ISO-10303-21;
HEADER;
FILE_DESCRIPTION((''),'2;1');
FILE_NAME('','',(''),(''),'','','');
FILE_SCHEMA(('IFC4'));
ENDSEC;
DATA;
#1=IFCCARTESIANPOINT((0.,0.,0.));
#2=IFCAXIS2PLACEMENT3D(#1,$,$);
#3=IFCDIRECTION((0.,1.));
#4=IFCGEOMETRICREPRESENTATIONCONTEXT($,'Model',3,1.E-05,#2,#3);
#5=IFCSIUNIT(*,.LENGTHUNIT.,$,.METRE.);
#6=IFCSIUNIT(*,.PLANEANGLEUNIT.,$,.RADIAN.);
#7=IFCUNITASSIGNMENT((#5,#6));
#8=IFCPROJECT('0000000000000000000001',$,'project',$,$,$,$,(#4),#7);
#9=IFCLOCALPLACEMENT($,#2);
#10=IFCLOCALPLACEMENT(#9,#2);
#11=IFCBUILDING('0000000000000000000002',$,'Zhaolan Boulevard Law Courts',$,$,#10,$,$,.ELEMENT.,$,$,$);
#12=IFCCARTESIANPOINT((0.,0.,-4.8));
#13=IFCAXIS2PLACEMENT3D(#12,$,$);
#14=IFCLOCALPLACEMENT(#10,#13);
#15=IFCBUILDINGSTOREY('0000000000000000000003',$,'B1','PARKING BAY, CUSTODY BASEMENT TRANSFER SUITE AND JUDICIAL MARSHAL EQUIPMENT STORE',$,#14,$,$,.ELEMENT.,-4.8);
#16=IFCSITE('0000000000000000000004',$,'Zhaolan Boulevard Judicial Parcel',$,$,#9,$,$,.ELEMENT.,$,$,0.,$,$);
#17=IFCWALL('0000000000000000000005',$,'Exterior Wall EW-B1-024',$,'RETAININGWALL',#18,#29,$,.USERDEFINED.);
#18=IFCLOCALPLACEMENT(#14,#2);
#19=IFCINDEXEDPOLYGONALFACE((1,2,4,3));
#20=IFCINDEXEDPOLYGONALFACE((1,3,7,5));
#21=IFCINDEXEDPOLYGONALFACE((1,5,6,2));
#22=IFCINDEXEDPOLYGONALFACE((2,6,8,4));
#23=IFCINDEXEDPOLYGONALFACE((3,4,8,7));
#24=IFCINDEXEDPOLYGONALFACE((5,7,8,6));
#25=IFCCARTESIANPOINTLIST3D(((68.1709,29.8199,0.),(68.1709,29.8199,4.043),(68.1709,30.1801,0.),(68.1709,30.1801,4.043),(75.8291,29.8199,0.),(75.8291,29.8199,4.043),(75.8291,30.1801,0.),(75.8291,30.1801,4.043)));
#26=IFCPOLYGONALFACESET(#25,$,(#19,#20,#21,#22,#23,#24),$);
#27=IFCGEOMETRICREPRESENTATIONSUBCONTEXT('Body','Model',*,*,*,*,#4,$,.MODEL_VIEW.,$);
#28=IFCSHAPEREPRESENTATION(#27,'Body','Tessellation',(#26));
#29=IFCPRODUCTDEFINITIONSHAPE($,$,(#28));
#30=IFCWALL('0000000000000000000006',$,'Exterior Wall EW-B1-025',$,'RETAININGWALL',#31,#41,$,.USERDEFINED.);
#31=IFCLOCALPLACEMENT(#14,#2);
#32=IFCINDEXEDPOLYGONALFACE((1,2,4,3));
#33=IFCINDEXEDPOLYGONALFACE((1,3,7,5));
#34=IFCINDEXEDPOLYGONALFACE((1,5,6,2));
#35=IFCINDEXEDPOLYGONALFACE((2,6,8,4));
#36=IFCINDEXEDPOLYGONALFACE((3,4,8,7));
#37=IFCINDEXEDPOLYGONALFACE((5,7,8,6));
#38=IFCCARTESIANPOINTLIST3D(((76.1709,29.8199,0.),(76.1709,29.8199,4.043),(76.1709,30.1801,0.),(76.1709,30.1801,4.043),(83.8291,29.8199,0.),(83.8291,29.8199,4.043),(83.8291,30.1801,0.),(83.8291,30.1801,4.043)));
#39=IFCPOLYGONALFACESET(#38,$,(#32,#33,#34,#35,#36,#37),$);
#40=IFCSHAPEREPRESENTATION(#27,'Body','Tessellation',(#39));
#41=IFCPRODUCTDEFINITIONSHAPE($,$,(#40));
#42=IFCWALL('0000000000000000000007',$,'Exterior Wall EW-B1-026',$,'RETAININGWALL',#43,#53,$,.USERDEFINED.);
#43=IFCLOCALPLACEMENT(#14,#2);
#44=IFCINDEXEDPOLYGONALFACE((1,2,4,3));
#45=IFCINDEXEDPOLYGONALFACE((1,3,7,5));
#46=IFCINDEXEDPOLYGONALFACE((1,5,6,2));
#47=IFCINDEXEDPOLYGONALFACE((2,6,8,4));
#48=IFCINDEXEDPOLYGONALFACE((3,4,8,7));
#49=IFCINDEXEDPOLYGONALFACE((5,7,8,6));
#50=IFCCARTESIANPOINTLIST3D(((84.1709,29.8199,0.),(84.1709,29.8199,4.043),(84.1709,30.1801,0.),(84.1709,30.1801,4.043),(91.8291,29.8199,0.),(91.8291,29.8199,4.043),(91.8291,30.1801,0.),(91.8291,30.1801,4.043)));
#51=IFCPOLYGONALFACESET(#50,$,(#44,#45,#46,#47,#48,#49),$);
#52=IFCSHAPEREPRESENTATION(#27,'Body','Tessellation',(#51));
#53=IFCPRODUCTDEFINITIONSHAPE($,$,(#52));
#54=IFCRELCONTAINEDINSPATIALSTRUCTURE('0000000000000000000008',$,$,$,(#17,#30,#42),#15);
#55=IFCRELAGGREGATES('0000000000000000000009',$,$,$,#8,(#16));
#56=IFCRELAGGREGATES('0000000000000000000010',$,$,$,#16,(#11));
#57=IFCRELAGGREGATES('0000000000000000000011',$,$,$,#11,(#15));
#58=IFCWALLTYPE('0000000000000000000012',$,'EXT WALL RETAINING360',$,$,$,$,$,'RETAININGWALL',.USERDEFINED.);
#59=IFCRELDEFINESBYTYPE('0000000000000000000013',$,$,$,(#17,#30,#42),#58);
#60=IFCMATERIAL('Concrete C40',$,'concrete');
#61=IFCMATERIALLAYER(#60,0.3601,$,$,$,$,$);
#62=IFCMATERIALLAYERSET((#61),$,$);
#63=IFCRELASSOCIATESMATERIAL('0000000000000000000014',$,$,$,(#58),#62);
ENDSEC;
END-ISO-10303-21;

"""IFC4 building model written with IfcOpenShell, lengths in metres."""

from ifc_helpers import new_model, si_unit, direction, frame, frame_2d, origin, place, context, subcontext, project, spatial, rectangle, extrude, material, layer, layer_set, type_object, element, save


model = new_model("IFC4")

# Units and contexts
model_context = context("Model", 3, precision=1e-05, world=origin(), true_north=direction((0.0, 1.0)))
body_context = subcontext(model_context, "Body", "Model", "MODEL_VIEW")
ifc_project = project(units=[si_unit("LENGTHUNIT", "METRE"), si_unit("PLANEANGLEUNIT", "RADIAN")], contexts=[model_context])

# Site, building, storey
site_placement = place(None, origin())
site = spatial("IfcSite", under=ifc_project, at=site_placement, Name="Zhaolan Boulevard Judicial Parcel", CompositionType="ELEMENT", RefElevation=0.0)
building_placement = place(site_placement, origin())
building = spatial("IfcBuilding", under=site, at=building_placement, Name="Zhaolan Boulevard Law Courts", CompositionType="ELEMENT")
storey_placement = place(building_placement, frame((0.0, 0.0, -4.8)))
storey = spatial("IfcBuildingStorey", under=building, at=storey_placement, Name="B1", Description="PARKING BAY, CUSTODY BASEMENT TRANSFER SUITE AND JUDICIAL MARSHAL EQUIPMENT STORE", CompositionType="ELEMENT", Elevation=-4.8)

# Walls
ifc_material_1 = material(Name="Concrete C40", Category="concrete")
ifc_layer = layer(ifc_material_1, 0.3601)
ifc_layer_set = layer_set([ifc_layer])
wall_type = type_object("IfcWallType", Name="EXT WALL RETAINING360", ElementType="RETAININGWALL", PredefinedType="USERDEFINED", material=ifc_layer_set)
for number, where, z_axis, x_axis, name in (
    (1, (75.8291, 30.0, 0.0), (0.0, 0.0, 1.0), (-1.0, 0.0, 0.0), "Exterior Wall EW-B1-024"),
    (2, (83.8291, 30.0, 0.0), (0.0, 0.0, 1.0), (-1.0, 0.0, 0.0), "Exterior Wall EW-B1-025"),
    (3, (91.8291, 30.0, 0.0), (0.0, 0.0, 1.0), (-1.0, 0.0, 0.0), "Exterior Wall EW-B1-026"),
):
    element("IfcWall", number, at=place(storey_placement, frame(where, z_axis=z_axis, x_axis=x_axis)), inside=storey, type_object=wall_type, Name=name, ObjectType="RETAININGWALL", PredefinedType="USERDEFINED", context=body_context, shape_type="SweptSolid", body=[
        extrude(rectangle(XDim=7.6582, YDim=0.3601, at=frame_2d((3.8291, 0.0))), origin(), (0.0, 0.0, 1.0), 4.043),
    ])

save(model, "model.ifc")
